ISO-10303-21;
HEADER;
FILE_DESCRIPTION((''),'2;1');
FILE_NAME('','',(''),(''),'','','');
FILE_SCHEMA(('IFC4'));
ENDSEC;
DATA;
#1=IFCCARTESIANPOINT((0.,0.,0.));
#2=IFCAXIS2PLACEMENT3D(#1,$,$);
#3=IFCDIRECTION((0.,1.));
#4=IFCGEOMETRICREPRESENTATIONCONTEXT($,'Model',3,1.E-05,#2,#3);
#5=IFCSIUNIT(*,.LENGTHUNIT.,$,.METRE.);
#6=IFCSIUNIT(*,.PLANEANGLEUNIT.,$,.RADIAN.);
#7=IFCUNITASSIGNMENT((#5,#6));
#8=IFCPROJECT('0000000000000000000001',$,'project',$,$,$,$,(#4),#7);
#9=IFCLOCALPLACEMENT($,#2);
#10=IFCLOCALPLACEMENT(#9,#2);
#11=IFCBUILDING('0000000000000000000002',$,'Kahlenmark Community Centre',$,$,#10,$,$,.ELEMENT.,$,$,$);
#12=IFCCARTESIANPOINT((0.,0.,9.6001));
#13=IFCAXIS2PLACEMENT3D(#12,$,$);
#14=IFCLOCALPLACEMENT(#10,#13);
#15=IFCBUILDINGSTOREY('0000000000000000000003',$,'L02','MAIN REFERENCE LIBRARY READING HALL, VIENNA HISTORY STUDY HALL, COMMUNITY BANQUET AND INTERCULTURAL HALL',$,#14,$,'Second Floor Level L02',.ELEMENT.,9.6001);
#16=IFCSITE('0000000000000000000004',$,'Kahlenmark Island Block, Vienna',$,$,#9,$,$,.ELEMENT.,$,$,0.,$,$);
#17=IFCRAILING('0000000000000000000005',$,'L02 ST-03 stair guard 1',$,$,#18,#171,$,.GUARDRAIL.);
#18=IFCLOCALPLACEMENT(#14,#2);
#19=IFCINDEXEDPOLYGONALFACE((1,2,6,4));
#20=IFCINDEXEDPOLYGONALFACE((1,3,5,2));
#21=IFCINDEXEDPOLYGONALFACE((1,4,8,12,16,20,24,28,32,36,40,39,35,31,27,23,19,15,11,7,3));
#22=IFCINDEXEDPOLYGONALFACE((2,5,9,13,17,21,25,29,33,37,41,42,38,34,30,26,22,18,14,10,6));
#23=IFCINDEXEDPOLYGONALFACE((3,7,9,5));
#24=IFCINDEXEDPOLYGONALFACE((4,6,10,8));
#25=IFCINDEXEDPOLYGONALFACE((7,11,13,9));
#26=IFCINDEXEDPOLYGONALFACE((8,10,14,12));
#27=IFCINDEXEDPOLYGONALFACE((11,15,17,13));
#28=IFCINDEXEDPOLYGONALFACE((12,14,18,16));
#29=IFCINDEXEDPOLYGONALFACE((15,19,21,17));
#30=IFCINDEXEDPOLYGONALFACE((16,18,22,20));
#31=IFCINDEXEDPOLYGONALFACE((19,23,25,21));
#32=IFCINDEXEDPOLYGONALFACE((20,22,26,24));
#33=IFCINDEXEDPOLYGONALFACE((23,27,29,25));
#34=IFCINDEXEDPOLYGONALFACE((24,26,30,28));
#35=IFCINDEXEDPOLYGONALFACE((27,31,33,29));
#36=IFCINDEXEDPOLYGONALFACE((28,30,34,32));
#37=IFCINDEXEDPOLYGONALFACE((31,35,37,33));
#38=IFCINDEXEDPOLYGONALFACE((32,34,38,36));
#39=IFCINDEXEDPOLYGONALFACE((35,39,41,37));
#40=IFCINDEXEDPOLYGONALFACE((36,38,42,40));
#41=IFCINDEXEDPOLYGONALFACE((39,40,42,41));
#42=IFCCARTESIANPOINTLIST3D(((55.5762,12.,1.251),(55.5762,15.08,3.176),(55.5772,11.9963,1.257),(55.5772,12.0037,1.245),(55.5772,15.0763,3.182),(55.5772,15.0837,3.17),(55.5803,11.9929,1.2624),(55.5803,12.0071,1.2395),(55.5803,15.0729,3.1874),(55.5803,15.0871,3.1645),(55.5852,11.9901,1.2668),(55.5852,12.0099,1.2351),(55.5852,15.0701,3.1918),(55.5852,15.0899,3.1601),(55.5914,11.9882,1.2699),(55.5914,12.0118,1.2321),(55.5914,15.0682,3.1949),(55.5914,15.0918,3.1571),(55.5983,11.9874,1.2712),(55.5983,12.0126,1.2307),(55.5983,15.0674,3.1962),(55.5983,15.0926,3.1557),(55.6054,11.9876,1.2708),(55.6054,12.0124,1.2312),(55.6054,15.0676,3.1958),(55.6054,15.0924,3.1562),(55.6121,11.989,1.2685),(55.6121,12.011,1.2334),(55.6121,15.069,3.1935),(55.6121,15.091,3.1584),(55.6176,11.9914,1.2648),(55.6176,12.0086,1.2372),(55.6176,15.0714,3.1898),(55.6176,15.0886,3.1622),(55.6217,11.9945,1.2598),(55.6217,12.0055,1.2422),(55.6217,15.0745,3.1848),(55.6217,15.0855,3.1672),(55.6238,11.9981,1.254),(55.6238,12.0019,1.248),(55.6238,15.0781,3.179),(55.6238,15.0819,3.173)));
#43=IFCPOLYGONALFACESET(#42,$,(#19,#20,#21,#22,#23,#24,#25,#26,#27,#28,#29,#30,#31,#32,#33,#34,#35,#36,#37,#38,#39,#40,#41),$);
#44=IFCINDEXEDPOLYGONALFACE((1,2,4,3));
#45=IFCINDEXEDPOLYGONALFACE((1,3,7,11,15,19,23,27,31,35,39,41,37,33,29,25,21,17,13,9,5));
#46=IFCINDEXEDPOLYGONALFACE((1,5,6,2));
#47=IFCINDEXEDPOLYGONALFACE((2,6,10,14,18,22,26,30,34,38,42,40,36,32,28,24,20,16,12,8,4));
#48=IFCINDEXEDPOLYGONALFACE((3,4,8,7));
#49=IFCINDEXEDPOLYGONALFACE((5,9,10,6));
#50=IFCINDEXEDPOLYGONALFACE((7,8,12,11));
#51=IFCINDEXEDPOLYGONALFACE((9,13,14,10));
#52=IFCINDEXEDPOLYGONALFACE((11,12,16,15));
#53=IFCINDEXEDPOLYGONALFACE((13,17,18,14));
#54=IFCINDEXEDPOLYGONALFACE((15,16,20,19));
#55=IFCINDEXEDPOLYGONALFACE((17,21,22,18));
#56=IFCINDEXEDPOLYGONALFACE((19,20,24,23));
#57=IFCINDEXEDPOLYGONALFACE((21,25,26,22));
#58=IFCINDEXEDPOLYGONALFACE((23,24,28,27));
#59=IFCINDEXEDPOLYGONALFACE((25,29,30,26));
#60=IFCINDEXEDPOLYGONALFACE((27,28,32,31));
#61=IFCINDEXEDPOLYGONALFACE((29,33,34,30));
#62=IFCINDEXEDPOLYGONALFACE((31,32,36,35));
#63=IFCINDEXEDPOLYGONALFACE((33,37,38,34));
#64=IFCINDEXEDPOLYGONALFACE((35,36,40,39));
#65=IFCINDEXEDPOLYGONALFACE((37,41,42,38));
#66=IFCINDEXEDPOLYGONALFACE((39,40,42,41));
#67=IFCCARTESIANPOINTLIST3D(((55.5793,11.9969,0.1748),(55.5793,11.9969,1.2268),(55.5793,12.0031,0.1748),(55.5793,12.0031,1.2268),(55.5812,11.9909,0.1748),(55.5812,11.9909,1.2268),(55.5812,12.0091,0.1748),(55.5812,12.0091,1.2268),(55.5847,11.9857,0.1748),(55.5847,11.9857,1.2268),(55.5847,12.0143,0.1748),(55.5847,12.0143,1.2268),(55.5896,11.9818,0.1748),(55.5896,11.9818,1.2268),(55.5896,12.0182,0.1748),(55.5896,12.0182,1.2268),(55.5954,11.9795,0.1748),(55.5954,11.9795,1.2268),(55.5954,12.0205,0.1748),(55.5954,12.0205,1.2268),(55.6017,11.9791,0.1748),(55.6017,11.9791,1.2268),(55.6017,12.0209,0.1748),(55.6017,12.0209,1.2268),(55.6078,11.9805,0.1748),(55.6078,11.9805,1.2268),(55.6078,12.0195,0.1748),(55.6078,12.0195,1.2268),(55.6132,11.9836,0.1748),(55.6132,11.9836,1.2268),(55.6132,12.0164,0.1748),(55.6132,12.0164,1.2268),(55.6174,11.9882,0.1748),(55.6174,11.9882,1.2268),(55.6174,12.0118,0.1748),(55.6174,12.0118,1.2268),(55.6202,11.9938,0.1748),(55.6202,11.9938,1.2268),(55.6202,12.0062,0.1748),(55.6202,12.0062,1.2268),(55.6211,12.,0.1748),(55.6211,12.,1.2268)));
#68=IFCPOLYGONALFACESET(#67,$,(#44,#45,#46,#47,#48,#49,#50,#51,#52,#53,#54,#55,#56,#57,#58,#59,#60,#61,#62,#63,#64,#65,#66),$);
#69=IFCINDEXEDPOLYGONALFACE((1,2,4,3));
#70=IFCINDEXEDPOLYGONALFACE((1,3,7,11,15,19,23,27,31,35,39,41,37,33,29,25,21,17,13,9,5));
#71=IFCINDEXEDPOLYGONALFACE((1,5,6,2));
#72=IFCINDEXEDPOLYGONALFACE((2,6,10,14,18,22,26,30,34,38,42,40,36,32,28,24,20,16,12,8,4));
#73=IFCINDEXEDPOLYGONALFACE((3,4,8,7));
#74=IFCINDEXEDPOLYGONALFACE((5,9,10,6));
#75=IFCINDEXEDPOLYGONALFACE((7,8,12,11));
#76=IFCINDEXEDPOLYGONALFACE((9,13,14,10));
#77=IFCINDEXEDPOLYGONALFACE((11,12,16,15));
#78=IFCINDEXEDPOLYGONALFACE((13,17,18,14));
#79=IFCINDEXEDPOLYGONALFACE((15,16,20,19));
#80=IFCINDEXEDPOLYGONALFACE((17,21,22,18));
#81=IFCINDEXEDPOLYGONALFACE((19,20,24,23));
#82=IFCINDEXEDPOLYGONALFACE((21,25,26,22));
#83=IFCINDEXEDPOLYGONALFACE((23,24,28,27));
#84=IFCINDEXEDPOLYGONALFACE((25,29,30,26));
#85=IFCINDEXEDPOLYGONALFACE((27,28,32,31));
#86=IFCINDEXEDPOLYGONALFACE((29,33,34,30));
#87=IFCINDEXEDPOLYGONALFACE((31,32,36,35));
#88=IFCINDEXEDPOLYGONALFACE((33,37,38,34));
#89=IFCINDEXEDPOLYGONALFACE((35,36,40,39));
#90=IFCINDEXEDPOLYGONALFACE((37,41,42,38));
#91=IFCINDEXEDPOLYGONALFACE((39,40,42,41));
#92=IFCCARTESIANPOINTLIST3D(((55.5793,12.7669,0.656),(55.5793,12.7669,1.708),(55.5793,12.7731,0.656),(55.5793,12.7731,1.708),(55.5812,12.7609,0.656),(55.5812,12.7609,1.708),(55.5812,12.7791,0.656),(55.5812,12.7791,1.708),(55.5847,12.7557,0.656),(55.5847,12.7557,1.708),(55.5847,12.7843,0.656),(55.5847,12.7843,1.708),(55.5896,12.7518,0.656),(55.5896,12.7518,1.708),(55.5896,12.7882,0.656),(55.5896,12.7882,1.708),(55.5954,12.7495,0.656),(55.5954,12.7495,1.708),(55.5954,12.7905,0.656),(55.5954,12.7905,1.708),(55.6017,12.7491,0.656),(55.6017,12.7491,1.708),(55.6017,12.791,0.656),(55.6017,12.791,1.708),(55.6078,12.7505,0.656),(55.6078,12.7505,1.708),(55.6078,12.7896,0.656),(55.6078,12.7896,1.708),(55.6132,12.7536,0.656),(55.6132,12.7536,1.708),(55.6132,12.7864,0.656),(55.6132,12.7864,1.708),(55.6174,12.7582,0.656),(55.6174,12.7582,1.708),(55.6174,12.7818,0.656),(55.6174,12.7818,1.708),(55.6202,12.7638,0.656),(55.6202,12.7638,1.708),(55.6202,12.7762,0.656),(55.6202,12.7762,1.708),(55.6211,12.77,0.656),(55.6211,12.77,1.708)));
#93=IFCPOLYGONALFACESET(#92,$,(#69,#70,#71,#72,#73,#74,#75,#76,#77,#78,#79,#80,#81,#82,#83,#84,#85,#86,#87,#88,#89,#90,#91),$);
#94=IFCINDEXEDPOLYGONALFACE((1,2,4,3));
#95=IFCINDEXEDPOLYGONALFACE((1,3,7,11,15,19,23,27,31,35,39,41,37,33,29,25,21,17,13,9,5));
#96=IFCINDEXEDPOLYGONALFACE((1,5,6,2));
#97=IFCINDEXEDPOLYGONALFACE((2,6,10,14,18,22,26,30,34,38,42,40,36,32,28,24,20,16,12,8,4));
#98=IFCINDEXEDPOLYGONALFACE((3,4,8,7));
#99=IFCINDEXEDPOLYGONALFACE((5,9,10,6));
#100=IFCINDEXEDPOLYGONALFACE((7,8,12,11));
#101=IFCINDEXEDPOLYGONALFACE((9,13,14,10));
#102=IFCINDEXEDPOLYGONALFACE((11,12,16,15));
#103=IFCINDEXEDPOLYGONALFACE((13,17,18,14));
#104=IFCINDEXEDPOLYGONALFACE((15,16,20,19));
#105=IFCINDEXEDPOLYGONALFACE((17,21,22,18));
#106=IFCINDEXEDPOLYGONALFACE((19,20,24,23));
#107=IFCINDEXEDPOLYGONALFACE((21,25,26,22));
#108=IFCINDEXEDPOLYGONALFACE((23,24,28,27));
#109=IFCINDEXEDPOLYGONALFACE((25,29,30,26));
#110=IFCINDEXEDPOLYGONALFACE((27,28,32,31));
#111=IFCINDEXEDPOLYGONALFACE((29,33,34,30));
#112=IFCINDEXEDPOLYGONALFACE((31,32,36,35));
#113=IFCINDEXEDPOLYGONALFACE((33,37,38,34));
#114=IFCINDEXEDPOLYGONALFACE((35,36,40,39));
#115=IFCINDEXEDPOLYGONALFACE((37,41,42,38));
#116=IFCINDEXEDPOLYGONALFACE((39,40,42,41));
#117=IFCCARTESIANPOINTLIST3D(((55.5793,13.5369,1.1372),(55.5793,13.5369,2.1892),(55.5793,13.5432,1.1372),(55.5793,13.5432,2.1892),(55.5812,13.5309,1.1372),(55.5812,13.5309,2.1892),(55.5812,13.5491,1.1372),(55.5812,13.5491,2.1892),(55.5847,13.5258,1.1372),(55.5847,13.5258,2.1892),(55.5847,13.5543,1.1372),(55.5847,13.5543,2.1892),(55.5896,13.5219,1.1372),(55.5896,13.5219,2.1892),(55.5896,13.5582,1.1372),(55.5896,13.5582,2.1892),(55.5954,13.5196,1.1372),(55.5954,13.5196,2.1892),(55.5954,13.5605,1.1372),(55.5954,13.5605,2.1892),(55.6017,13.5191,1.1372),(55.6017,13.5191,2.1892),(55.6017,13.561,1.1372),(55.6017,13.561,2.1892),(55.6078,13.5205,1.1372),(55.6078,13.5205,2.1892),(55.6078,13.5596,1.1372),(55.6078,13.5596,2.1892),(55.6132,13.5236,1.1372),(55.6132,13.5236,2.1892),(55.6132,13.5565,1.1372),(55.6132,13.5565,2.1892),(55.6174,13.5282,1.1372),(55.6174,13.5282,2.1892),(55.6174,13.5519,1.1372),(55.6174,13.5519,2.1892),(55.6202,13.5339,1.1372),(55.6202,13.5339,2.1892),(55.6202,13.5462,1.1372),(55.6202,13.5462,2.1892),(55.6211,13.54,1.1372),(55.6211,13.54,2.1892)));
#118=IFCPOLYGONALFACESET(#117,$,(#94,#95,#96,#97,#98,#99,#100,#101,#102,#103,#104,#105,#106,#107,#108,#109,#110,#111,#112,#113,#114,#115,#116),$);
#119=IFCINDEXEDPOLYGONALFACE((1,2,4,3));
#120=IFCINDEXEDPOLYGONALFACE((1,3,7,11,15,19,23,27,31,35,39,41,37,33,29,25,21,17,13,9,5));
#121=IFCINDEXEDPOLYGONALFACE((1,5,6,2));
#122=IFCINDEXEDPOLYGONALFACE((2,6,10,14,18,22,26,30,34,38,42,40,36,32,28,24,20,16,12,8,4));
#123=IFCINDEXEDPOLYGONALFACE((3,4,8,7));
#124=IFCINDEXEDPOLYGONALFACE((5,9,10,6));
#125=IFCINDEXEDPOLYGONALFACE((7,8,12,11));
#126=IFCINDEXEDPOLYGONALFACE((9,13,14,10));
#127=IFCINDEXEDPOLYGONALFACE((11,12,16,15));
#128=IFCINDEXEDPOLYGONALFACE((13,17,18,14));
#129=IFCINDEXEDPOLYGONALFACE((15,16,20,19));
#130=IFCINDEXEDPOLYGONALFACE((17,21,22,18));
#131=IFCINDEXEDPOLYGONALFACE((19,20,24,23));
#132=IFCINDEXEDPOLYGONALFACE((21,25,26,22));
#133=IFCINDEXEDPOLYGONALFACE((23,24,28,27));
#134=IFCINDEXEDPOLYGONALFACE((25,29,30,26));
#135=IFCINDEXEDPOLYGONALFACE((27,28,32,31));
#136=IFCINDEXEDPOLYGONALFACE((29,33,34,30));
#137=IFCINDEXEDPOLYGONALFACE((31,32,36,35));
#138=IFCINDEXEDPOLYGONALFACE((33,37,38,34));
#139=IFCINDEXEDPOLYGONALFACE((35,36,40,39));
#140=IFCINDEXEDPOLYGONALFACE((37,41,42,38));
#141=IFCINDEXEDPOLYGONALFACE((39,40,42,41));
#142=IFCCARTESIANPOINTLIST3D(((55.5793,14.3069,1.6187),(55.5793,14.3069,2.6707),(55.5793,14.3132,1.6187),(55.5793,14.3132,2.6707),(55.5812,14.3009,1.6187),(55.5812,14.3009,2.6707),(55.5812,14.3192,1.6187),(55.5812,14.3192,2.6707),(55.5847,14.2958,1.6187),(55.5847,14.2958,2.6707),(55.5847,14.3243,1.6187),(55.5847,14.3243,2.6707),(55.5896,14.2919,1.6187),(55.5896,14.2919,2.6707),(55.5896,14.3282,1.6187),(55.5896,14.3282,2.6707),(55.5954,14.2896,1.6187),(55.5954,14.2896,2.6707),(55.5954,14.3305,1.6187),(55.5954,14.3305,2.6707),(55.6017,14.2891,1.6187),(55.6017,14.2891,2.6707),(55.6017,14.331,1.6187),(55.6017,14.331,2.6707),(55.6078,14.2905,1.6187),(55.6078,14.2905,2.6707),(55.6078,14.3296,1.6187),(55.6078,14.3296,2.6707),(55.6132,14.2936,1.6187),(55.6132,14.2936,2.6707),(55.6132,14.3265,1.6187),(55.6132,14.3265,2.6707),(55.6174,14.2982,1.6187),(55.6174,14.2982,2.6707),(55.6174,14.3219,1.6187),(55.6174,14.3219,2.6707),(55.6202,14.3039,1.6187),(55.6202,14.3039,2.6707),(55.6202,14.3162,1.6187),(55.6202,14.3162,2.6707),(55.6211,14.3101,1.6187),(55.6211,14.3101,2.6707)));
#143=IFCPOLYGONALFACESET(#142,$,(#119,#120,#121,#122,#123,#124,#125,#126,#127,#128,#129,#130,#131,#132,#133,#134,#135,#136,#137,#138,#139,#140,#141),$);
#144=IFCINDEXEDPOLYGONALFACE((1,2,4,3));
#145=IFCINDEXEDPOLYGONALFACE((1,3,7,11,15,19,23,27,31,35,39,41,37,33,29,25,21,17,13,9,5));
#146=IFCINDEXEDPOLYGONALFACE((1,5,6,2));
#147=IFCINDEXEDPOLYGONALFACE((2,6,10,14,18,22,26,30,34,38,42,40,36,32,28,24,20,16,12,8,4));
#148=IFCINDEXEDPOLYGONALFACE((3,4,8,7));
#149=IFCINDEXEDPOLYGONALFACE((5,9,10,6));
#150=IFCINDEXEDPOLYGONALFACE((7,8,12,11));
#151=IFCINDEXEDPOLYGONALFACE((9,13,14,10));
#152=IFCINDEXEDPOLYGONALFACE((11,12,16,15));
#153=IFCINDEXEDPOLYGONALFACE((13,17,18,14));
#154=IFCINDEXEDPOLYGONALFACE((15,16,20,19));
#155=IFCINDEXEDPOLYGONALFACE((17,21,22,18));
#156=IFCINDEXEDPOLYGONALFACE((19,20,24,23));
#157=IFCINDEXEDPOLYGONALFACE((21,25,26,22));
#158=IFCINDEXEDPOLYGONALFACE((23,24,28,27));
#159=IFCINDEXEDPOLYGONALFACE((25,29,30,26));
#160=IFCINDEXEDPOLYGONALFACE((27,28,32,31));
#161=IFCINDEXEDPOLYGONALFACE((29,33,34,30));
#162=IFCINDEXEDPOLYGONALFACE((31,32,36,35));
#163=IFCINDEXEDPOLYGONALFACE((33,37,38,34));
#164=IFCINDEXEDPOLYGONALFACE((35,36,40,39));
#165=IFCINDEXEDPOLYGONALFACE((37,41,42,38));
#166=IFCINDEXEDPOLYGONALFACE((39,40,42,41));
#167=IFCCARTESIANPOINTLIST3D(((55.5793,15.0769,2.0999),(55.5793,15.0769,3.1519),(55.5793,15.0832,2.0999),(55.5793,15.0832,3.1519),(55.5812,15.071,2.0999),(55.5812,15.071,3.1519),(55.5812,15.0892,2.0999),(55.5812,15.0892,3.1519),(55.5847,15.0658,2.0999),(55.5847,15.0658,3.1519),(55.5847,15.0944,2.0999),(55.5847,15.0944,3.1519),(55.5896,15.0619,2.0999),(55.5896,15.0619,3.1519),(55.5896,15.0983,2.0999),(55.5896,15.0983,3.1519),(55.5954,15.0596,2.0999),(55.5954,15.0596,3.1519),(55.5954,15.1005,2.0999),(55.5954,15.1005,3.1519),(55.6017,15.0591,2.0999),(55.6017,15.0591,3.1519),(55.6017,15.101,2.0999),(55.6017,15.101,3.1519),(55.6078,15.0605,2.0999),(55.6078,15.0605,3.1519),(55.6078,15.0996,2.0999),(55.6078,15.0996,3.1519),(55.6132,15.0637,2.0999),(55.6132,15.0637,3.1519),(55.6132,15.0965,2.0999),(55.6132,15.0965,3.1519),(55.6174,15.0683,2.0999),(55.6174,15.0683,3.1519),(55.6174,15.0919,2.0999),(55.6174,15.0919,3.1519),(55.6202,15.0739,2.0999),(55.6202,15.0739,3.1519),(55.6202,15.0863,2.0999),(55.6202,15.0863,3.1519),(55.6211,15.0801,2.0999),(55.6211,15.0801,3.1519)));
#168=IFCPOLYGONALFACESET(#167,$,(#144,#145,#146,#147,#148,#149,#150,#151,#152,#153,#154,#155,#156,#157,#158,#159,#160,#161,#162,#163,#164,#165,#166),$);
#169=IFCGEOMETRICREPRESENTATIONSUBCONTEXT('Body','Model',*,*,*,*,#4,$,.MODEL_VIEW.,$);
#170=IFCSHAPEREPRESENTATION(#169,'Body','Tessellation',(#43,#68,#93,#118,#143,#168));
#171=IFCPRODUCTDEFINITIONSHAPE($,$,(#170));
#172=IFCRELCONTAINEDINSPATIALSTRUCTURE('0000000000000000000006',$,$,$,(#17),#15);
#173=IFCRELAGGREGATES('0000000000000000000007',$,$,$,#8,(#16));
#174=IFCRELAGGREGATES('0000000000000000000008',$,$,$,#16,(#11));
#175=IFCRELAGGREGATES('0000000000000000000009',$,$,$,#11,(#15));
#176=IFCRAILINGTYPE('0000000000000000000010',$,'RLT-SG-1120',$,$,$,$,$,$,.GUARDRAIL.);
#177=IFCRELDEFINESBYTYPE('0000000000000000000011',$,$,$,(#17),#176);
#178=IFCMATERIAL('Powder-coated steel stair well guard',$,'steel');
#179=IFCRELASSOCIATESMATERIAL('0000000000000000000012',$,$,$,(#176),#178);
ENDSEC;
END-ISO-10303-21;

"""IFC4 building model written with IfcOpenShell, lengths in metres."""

from ifc_helpers import new_model, si_unit, direction, frame, origin, origin_2d, place, context, subcontext, project, spatial, circle, extrude, material, type_object, element, save


model = new_model("IFC4")

# Units and contexts
model_context = context("Model", 3, precision=1e-05, world=origin(), true_north=direction((0.0, 1.0)))
body_context = subcontext(model_context, "Body", "Model", "MODEL_VIEW")
ifc_project = project(units=[si_unit("LENGTHUNIT", "METRE"), si_unit("PLANEANGLEUNIT", "RADIAN")], contexts=[model_context])

# Site, building, storey
site_placement = place(None, origin())
site = spatial("IfcSite", under=ifc_project, at=site_placement, Name="Kahlenmark Island Block, Vienna", CompositionType="ELEMENT", RefElevation=0.0)
building_placement = place(site_placement, origin())
building = spatial("IfcBuilding", under=site, at=building_placement, Name="Kahlenmark Community Centre", CompositionType="ELEMENT")
storey_placement = place(building_placement, frame((0.0, 0.0, 9.6001)))
storey = spatial("IfcBuildingStorey", under=building, at=storey_placement, Name="L02", Description="MAIN REFERENCE LIBRARY READING HALL, VIENNA HISTORY STUDY HALL, COMMUNITY BANQUET AND INTERCULTURAL HALL", LongName="Second Floor Level L02", CompositionType="ELEMENT", Elevation=9.6001)

# Railing
ifc_material_1 = material(Name="Powder-coated steel stair well guard", Category="steel")
railing_type_1 = type_object("IfcRailingType", Name="RLT-SG-1120", PredefinedType="GUARDRAIL", material=ifc_material_1)
railing_1_placement = place(storey_placement, frame((55.6001, 12.0, 0.1748)))
element("IfcRailing", 1, at=railing_1_placement, inside=storey, type_object=railing_type_1, Name="L02 ST-03 stair guard 1", PredefinedType="GUARDRAIL", context=body_context, shape_type="SweptSolid", body=[
    extrude(circle(Radius=0.0239, at=origin_2d()), frame((0.0, 0.0, 1.0762), z_axis=(0.0, 0.847998, 0.529999), x_axis=(-1.0, 0.0, 0.0)), (0.0, 0.0, 1.0), 3.6321),
    extrude(circle(Radius=0.021, at=origin_2d()), origin(), (0.0, 0.0, 1.0), 1.052),
    extrude(circle(Radius=0.021, at=origin_2d()), frame((0.0, 0.77, 0.4812)), (0.0, 0.0, 1.0), 1.052),
    extrude(circle(Radius=0.021, at=origin_2d()), frame((0.0, 1.54, 0.9624)), (0.0, 0.0, 1.0), 1.052),
    extrude(circle(Radius=0.021, at=origin_2d()), frame((0.0, 2.3101, 1.4438)), (0.0, 0.0, 1.0), 1.052),
    extrude(circle(Radius=0.021, at=origin_2d()), frame((0.0, 3.0801, 1.925)), (0.0, 0.0, 1.0), 1.052),
])

save(model, "model.ifc")
